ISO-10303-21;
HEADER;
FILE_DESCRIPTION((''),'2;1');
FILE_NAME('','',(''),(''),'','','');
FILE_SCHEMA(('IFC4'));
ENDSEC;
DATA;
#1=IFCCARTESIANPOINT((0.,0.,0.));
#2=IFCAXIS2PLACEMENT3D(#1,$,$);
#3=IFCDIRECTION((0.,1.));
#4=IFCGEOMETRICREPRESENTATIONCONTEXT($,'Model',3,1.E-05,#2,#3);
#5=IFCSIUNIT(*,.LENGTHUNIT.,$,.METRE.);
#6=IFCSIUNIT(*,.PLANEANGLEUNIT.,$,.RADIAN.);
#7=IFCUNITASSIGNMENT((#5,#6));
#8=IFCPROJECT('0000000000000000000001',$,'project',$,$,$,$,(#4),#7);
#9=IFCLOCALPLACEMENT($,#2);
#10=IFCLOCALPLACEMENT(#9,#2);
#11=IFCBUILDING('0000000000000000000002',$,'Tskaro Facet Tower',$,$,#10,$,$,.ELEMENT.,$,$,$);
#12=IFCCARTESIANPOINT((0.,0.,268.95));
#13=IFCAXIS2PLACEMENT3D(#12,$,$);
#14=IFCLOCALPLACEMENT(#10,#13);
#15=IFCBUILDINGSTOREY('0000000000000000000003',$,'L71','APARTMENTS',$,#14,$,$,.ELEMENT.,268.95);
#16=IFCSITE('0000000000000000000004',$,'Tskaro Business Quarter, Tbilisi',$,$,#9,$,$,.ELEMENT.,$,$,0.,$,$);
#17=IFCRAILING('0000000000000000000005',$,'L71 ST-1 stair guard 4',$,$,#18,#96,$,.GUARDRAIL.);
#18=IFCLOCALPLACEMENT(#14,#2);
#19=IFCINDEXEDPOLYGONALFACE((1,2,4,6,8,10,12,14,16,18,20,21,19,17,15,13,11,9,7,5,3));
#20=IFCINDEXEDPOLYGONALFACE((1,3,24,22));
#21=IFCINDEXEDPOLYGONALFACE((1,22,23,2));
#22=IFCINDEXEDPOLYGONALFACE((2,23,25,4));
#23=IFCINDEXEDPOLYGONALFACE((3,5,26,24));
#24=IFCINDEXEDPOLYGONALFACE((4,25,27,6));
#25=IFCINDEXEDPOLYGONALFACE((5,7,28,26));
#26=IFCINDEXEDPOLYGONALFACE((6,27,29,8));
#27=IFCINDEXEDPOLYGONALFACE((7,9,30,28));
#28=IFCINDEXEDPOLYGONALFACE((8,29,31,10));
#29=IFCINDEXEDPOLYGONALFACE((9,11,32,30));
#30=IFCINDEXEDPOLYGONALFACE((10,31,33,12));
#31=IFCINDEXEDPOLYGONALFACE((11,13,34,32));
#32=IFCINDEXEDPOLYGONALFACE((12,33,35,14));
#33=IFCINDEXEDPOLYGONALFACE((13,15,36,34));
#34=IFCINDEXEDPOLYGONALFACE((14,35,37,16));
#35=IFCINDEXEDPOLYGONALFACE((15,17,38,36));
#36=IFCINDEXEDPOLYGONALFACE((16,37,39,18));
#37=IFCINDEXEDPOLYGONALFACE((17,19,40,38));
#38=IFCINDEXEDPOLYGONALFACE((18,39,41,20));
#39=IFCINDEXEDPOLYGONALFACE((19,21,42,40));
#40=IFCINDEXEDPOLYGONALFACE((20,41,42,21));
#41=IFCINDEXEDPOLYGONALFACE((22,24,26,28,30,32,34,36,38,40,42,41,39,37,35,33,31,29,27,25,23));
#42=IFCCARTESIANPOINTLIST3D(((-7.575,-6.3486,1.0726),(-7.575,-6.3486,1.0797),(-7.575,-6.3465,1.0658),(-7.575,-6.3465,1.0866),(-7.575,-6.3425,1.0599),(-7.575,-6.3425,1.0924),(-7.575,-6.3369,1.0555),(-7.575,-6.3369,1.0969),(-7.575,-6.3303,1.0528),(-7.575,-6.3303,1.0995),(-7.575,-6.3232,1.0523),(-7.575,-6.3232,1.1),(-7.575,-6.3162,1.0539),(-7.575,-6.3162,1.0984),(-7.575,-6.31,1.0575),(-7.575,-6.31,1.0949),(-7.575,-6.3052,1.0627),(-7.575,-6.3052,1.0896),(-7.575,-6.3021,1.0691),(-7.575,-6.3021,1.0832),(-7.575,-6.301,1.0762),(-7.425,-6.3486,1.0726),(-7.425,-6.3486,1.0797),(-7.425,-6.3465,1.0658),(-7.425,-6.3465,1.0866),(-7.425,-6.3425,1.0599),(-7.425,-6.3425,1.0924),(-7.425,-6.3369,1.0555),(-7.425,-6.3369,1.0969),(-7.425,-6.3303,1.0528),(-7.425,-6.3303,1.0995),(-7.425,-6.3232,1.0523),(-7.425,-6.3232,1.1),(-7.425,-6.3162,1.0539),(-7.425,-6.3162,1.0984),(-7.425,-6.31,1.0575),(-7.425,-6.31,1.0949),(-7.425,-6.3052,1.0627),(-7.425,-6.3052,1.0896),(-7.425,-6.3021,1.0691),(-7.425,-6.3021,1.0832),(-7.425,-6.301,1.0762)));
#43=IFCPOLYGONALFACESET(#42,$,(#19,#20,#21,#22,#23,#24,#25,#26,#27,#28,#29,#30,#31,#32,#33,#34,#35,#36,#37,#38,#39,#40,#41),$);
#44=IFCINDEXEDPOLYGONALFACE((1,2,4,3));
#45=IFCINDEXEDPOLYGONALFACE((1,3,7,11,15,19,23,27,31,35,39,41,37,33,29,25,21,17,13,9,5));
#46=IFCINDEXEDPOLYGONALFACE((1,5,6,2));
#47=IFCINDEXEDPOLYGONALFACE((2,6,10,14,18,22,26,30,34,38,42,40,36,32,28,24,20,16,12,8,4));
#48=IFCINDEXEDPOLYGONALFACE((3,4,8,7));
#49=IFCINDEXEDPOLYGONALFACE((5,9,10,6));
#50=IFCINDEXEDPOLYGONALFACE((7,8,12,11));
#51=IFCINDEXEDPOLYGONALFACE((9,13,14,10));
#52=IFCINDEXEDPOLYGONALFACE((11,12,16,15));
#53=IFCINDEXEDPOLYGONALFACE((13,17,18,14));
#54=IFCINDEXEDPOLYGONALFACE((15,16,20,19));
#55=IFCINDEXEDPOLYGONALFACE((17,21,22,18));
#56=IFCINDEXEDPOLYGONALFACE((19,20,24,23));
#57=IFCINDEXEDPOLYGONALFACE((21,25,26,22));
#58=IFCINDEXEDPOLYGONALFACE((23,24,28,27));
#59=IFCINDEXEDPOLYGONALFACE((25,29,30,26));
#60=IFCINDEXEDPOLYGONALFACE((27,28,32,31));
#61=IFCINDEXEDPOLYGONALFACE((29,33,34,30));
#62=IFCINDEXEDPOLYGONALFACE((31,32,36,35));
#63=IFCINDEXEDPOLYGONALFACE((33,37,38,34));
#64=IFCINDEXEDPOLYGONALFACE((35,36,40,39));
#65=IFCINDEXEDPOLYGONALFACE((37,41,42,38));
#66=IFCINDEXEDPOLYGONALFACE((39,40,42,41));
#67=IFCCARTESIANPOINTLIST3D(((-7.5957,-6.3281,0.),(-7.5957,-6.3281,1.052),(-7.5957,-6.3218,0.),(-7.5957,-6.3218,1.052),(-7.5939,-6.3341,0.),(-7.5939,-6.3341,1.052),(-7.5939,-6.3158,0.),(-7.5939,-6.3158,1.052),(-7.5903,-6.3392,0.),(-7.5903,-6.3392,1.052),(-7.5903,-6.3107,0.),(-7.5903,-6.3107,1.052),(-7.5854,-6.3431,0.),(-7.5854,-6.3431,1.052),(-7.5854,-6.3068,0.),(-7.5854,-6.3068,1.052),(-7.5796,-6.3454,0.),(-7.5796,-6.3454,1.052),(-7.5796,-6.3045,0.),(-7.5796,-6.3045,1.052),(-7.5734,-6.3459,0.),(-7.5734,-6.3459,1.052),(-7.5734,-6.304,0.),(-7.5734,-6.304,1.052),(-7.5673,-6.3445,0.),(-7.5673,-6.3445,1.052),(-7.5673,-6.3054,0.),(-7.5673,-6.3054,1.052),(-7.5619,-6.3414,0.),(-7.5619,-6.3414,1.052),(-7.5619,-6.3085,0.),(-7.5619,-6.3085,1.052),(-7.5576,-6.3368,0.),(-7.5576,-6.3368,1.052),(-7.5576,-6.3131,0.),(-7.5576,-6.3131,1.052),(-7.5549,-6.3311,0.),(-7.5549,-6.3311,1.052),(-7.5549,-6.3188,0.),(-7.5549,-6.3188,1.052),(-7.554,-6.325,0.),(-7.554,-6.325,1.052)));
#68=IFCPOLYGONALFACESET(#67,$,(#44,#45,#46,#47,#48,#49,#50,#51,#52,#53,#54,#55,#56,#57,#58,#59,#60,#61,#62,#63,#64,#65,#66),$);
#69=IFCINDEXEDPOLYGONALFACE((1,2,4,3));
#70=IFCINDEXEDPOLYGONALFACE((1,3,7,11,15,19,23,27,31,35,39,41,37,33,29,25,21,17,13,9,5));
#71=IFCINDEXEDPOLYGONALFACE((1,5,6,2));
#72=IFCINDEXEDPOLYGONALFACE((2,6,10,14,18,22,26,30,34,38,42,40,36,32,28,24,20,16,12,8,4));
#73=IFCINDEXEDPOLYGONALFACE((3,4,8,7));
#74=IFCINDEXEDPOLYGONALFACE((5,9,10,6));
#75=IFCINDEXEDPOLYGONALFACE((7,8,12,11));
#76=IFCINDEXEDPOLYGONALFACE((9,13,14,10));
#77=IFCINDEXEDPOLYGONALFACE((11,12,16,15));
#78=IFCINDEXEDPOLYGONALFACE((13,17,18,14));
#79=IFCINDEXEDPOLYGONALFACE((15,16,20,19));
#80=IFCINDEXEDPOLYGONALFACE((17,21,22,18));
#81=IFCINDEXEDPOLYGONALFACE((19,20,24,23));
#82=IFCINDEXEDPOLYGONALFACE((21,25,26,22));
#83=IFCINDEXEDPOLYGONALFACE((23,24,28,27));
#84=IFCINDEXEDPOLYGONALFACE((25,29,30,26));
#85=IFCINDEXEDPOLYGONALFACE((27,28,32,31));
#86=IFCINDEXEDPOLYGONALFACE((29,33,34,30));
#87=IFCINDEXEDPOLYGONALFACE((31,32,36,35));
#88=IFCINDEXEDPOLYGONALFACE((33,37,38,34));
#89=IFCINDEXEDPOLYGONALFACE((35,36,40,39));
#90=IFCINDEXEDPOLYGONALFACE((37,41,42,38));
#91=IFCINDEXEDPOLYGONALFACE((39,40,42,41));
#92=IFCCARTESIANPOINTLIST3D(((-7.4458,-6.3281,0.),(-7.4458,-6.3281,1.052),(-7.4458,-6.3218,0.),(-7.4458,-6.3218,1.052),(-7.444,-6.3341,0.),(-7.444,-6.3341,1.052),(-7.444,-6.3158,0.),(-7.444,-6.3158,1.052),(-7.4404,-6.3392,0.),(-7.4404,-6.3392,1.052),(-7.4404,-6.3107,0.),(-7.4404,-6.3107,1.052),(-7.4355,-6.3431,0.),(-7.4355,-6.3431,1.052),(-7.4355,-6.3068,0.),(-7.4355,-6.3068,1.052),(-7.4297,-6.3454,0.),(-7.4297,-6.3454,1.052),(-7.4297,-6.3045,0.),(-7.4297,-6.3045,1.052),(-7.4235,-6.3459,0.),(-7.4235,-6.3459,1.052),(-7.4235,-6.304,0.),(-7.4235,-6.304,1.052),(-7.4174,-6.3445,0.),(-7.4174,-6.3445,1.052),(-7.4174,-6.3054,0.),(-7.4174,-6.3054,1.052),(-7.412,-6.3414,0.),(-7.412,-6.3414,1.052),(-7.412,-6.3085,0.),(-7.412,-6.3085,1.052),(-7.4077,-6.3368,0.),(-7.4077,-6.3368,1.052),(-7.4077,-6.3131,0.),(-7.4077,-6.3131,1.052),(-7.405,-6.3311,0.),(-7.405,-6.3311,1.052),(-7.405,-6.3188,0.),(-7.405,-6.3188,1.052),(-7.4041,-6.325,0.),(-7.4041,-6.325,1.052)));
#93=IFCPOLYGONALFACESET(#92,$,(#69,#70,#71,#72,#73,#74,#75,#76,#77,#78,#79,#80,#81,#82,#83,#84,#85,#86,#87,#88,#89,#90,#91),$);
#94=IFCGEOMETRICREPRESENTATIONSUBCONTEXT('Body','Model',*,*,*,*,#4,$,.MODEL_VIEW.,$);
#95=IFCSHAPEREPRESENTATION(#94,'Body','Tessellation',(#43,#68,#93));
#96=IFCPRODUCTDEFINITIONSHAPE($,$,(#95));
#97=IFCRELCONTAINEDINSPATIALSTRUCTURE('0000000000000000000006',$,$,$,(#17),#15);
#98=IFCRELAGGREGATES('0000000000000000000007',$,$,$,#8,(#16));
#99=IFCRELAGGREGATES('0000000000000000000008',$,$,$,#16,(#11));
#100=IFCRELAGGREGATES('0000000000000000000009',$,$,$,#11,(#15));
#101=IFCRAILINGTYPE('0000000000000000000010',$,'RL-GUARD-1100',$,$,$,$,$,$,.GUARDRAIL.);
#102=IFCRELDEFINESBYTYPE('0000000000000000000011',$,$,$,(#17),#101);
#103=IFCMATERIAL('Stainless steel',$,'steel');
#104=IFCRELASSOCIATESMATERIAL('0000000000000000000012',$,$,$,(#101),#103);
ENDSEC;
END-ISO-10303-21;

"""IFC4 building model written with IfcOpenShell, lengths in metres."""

from ifc_helpers import new_model, si_unit, direction, frame, origin, origin_2d, place, context, subcontext, project, spatial, circle, extrude, material, type_object, element, save


model = new_model("IFC4")

# Units and contexts
model_context = context("Model", 3, precision=1e-05, world=origin(), true_north=direction((0.0, 1.0)))
body_context = subcontext(model_context, "Body", "Model", "MODEL_VIEW")
ifc_project = project(units=[si_unit("LENGTHUNIT", "METRE"), si_unit("PLANEANGLEUNIT", "RADIAN")], contexts=[model_context])

# Site, building, storey
site_placement = place(None, origin())
site = spatial("IfcSite", under=ifc_project, at=site_placement, Name="Tskaro Business Quarter, Tbilisi", CompositionType="ELEMENT", RefElevation=0.0)
building_placement = place(site_placement, origin())
building = spatial("IfcBuilding", under=site, at=building_placement, Name="Tskaro Facet Tower", CompositionType="ELEMENT")
storey_placement = place(building_placement, frame((0.0, 0.0, 268.95)))
storey = spatial("IfcBuildingStorey", under=building, at=storey_placement, Name="L71", Description="APARTMENTS", CompositionType="ELEMENT", Elevation=268.95)

# Shared definitions
ifc_material_1 = material(Name="Stainless steel", Category="steel")

# Railing
railing_type_1 = type_object("IfcRailingType", Name="RL-GUARD-1100", PredefinedType="GUARDRAIL", material=ifc_material_1)
railing_1_placement = place(storey_placement, frame((-7.575, -6.325, 0.0)))
element("IfcRailing", 1, at=railing_1_placement, inside=storey, type_object=railing_type_1, Name="L71 ST-1 stair guard 4", PredefinedType="GUARDRAIL", context=body_context, shape_type="SweptSolid", body=[
    extrude(circle(Radius=0.0239, at=origin_2d()), frame((0.0, 0.0, 1.0762), z_axis=(1.0, 0.0, 0.0), x_axis=(0.0, 1.0, 0.0)), (0.0, 0.0, 1.0), 0.1499),
    extrude(circle(Radius=0.021, at=origin_2d()), origin(), (0.0, 0.0, 1.0), 1.052),
    extrude(circle(Radius=0.021, at=origin_2d()), frame((0.1499, 0.0, 0.0)), (0.0, 0.0, 1.0), 1.052),
])

save(model, "model.ifc")
